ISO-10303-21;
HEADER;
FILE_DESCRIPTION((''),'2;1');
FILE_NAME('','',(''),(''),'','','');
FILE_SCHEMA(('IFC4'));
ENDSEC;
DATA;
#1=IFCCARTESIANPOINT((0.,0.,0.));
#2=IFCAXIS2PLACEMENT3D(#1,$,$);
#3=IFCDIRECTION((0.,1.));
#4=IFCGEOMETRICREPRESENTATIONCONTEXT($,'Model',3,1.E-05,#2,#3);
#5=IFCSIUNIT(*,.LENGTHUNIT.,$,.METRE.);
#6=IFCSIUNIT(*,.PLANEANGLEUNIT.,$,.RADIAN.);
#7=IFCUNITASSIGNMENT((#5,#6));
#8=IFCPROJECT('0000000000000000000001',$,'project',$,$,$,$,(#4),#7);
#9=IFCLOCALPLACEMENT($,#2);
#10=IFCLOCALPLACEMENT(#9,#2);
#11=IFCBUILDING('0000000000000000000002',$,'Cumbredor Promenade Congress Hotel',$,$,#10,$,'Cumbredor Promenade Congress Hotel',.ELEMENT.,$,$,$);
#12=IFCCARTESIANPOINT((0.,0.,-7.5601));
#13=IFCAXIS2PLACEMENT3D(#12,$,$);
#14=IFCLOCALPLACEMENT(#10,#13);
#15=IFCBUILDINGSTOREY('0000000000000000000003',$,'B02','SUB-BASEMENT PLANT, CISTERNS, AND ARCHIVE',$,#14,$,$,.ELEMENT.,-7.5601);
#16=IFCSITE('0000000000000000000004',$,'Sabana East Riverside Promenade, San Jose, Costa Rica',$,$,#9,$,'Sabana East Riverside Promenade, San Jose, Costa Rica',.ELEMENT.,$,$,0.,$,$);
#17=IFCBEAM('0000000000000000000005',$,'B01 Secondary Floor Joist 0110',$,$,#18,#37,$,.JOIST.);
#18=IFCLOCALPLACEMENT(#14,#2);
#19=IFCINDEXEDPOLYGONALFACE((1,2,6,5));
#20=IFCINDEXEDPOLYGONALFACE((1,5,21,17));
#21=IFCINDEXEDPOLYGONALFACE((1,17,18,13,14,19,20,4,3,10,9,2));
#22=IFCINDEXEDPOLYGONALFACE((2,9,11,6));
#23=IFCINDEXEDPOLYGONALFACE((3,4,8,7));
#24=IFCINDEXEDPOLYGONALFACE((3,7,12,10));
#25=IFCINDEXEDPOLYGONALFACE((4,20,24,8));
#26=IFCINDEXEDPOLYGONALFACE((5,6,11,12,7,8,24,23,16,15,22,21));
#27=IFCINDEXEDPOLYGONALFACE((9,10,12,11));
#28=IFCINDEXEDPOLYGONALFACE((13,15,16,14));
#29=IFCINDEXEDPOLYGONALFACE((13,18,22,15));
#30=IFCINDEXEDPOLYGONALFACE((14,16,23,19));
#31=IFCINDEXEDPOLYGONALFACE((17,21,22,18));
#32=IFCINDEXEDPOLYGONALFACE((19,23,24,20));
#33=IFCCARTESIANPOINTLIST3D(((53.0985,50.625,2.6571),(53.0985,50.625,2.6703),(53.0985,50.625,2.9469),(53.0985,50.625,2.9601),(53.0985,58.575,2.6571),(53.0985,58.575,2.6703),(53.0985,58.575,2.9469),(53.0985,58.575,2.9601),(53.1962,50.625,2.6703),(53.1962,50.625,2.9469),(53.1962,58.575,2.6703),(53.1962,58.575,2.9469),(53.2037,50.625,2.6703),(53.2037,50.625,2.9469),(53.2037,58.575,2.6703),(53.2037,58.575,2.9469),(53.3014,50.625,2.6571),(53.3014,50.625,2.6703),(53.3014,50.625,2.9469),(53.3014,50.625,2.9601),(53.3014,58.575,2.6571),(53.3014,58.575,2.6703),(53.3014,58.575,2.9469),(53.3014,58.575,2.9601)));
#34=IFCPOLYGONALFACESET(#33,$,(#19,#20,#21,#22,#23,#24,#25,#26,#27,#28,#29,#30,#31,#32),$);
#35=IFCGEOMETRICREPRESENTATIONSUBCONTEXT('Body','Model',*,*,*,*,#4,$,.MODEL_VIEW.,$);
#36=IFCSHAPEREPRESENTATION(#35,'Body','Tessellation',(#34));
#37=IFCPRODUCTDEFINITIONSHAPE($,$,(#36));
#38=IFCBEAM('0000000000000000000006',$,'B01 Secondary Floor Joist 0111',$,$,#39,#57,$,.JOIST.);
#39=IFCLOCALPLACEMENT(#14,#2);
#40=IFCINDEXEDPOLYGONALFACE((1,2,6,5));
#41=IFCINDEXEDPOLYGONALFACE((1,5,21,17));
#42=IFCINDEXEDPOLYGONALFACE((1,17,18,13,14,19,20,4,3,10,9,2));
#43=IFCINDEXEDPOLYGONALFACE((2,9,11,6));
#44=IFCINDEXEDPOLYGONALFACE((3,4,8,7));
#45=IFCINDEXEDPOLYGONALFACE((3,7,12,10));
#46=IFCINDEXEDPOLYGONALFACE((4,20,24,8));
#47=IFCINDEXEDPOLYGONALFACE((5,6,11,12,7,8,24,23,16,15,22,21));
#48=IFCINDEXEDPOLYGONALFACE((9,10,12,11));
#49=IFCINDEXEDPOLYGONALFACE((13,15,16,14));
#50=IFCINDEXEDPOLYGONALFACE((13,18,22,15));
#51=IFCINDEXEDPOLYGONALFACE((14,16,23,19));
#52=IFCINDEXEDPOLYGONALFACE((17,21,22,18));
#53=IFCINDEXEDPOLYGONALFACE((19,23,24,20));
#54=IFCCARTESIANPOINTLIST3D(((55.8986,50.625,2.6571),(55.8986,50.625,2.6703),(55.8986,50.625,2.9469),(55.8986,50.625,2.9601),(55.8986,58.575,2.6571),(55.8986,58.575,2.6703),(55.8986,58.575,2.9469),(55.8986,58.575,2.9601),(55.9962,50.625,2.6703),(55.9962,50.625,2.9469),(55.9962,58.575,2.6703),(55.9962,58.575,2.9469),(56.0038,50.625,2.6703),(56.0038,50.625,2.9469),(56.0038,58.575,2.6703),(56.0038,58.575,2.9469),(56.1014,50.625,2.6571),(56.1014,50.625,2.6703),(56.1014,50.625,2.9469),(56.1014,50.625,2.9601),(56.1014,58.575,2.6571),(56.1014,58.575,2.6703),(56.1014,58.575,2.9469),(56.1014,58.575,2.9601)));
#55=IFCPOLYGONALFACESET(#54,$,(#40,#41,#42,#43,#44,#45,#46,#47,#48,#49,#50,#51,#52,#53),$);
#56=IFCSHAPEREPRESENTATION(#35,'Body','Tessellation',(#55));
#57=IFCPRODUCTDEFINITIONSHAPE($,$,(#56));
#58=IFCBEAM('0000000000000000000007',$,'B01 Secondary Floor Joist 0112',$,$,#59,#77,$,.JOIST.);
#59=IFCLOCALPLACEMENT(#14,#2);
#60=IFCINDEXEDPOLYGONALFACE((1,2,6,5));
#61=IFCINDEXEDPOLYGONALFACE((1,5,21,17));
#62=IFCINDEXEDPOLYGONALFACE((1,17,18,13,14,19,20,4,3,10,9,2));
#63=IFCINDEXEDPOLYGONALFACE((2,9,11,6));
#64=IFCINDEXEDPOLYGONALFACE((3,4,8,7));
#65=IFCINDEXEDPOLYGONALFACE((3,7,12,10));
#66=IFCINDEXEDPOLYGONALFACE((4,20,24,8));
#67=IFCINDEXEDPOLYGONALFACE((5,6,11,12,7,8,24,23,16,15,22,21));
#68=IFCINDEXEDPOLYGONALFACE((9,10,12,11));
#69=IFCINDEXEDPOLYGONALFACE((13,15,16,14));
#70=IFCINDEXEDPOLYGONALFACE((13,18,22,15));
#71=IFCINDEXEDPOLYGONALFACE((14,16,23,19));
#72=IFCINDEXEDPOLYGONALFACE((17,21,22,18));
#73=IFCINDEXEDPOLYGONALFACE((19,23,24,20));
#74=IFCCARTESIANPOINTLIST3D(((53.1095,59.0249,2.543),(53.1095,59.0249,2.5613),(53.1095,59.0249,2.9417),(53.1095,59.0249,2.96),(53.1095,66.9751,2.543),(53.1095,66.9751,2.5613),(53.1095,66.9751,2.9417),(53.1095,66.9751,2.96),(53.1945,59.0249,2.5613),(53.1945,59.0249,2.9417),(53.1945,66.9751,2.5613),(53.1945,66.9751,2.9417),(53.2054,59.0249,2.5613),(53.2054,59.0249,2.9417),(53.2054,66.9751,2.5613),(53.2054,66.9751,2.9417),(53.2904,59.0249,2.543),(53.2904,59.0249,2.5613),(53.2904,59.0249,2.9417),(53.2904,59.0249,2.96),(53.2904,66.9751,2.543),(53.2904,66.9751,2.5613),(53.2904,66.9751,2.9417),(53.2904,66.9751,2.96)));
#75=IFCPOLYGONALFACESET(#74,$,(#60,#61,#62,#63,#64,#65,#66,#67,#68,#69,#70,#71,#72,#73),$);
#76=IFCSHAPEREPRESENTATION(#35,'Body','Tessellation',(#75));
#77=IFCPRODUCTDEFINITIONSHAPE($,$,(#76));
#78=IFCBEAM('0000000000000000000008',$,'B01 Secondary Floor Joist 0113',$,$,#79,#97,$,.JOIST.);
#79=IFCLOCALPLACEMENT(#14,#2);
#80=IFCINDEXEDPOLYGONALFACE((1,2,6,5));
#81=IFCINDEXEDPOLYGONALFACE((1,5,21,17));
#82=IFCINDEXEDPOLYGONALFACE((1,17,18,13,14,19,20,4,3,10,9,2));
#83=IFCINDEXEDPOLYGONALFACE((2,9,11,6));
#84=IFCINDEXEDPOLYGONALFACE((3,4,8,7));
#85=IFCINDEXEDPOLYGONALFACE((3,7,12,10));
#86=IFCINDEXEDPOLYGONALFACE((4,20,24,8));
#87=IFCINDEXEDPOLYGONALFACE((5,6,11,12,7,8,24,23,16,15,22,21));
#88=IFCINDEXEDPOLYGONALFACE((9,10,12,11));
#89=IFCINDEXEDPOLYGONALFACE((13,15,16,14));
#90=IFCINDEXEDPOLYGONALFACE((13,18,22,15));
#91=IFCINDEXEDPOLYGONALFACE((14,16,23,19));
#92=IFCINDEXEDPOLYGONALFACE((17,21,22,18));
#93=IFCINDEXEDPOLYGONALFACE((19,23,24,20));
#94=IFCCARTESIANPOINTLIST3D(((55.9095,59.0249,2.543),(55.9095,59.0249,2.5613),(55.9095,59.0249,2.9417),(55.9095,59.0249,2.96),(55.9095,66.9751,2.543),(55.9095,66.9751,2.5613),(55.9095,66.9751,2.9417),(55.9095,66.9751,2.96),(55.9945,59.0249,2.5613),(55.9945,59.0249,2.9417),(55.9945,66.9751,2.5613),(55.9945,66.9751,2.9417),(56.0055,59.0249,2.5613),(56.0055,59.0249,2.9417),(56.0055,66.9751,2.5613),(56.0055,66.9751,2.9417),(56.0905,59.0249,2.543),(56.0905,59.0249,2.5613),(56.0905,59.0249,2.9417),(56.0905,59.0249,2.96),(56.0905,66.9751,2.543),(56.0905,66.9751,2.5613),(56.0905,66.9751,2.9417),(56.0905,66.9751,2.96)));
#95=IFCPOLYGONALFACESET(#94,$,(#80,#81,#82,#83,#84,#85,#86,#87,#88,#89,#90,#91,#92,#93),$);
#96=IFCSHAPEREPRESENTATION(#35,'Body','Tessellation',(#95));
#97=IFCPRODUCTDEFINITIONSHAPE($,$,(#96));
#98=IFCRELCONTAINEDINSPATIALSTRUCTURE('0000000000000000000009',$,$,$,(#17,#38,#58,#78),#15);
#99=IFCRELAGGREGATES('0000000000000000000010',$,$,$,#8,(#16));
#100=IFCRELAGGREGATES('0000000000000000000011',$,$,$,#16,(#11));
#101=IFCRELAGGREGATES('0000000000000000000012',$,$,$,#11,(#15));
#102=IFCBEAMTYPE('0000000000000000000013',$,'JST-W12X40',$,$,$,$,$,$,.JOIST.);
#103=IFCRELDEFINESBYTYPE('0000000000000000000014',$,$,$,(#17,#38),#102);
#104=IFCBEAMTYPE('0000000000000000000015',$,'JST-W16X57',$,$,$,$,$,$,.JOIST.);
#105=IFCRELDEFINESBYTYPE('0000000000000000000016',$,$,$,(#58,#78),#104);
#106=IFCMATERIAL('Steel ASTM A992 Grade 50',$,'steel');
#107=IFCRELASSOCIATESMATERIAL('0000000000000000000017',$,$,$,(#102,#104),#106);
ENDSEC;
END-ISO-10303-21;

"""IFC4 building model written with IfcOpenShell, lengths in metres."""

from ifc_helpers import new_model, si_unit, direction, frame, origin, origin_2d, place, context, subcontext, project, spatial, i_section, extrude, material, material_profile, profile_set, type_object, element, save


model = new_model("IFC4")

# Units and contexts
model_context = context("Model", 3, precision=1e-05, world=origin(), true_north=direction((0.0, 1.0)))
body_context = subcontext(model_context, "Body", "Model", "MODEL_VIEW")
ifc_project = project(units=[si_unit("LENGTHUNIT", "METRE"), si_unit("PLANEANGLEUNIT", "RADIAN")], contexts=[model_context])

# Site, building, storey
site_placement = place(None, origin())
site = spatial("IfcSite", under=ifc_project, at=site_placement, Name="Sabana East Riverside Promenade, San Jose, Costa Rica", LongName="Sabana East Riverside Promenade, San Jose, Costa Rica", CompositionType="ELEMENT", RefElevation=0.0)
building_placement = place(site_placement, origin())
building = spatial("IfcBuilding", under=site, at=building_placement, Name="Cumbredor Promenade Congress Hotel", LongName="Cumbredor Promenade Congress Hotel", CompositionType="ELEMENT")
storey_placement = place(building_placement, frame((0.0, 0.0, -7.5601)))
storey = spatial("IfcBuildingStorey", under=building, at=storey_placement, Name="B02", Description="SUB-BASEMENT PLANT, CISTERNS, AND ARCHIVE", CompositionType="ELEMENT", Elevation=-7.5601)

# Beams
ifc_material_1 = material(Name="Steel ASTM A992 Grade 50", Category="steel")
ifc_material_profile_1 = material_profile(ifc_material_1, i_section(OverallWidth=0.2029, OverallDepth=0.303, WebThickness=0.0076, FlangeThickness=0.0132, at=origin_2d()), Name="W12X40")
ifc_profile_set_1 = profile_set([ifc_material_profile_1], Name="Steel ASTM A992 Grade 50")
beam_type_1 = type_object("IfcBeamType", Name="JST-W12X40", PredefinedType="JOIST", material=ifc_profile_set_1)
for number, where, z_axis, x_axis, name in (
    (1, (53.2, 50.625, 2.8086), (0.0, 1.0, 0.0), (-1.0, 0.0, 0.0), "B01 Secondary Floor Joist 0110"),
    (2, (56.0, 50.625, 2.8086), (0.0, 1.0, 0.0), (-1.0, 0.0, 0.0), "B01 Secondary Floor Joist 0111"),
):
    element("IfcBeam", number, at=place(storey_placement, frame(where, z_axis=z_axis, x_axis=x_axis)), inside=storey, type_object=beam_type_1, Name=name, PredefinedType="JOIST", context=body_context, shape_type="SweptSolid", body=[
        extrude(i_section(OverallWidth=0.2029, OverallDepth=0.303, WebThickness=0.0076, FlangeThickness=0.0132, at=origin_2d()), origin(), (0.0, 0.0, 1.0), 7.95),
    ])
ifc_material_profile_2 = material_profile(ifc_material_1, i_section(OverallWidth=0.1809, OverallDepth=0.417, WebThickness=0.011, FlangeThickness=0.0183, at=origin_2d()), Name="W16X57")
ifc_profile_set_2 = profile_set([ifc_material_profile_2], Name="Steel ASTM A992 Grade 50")
beam_type_2 = type_object("IfcBeamType", Name="JST-W16X57", PredefinedType="JOIST", material=ifc_profile_set_2)
for number, where, z_axis, x_axis, name in (
    (3, (53.2, 59.0249, 2.7515), (0.0, 1.0, 0.0), (-1.0, 0.0, 0.0), "B01 Secondary Floor Joist 0112"),
    (4, (56.0, 59.0249, 2.7515), (0.0, 1.0, 0.0), (-1.0, 0.0, 0.0), "B01 Secondary Floor Joist 0113"),
):
    element("IfcBeam", number, at=place(storey_placement, frame(where, z_axis=z_axis, x_axis=x_axis)), inside=storey, type_object=beam_type_2, Name=name, PredefinedType="JOIST", context=body_context, shape_type="SweptSolid", body=[
        extrude(i_section(OverallWidth=0.1809, OverallDepth=0.417, WebThickness=0.011, FlangeThickness=0.0183, at=origin_2d()), origin(), (0.0, 0.0, 1.0), 7.9502),
    ])

save(model, "model.ifc")
